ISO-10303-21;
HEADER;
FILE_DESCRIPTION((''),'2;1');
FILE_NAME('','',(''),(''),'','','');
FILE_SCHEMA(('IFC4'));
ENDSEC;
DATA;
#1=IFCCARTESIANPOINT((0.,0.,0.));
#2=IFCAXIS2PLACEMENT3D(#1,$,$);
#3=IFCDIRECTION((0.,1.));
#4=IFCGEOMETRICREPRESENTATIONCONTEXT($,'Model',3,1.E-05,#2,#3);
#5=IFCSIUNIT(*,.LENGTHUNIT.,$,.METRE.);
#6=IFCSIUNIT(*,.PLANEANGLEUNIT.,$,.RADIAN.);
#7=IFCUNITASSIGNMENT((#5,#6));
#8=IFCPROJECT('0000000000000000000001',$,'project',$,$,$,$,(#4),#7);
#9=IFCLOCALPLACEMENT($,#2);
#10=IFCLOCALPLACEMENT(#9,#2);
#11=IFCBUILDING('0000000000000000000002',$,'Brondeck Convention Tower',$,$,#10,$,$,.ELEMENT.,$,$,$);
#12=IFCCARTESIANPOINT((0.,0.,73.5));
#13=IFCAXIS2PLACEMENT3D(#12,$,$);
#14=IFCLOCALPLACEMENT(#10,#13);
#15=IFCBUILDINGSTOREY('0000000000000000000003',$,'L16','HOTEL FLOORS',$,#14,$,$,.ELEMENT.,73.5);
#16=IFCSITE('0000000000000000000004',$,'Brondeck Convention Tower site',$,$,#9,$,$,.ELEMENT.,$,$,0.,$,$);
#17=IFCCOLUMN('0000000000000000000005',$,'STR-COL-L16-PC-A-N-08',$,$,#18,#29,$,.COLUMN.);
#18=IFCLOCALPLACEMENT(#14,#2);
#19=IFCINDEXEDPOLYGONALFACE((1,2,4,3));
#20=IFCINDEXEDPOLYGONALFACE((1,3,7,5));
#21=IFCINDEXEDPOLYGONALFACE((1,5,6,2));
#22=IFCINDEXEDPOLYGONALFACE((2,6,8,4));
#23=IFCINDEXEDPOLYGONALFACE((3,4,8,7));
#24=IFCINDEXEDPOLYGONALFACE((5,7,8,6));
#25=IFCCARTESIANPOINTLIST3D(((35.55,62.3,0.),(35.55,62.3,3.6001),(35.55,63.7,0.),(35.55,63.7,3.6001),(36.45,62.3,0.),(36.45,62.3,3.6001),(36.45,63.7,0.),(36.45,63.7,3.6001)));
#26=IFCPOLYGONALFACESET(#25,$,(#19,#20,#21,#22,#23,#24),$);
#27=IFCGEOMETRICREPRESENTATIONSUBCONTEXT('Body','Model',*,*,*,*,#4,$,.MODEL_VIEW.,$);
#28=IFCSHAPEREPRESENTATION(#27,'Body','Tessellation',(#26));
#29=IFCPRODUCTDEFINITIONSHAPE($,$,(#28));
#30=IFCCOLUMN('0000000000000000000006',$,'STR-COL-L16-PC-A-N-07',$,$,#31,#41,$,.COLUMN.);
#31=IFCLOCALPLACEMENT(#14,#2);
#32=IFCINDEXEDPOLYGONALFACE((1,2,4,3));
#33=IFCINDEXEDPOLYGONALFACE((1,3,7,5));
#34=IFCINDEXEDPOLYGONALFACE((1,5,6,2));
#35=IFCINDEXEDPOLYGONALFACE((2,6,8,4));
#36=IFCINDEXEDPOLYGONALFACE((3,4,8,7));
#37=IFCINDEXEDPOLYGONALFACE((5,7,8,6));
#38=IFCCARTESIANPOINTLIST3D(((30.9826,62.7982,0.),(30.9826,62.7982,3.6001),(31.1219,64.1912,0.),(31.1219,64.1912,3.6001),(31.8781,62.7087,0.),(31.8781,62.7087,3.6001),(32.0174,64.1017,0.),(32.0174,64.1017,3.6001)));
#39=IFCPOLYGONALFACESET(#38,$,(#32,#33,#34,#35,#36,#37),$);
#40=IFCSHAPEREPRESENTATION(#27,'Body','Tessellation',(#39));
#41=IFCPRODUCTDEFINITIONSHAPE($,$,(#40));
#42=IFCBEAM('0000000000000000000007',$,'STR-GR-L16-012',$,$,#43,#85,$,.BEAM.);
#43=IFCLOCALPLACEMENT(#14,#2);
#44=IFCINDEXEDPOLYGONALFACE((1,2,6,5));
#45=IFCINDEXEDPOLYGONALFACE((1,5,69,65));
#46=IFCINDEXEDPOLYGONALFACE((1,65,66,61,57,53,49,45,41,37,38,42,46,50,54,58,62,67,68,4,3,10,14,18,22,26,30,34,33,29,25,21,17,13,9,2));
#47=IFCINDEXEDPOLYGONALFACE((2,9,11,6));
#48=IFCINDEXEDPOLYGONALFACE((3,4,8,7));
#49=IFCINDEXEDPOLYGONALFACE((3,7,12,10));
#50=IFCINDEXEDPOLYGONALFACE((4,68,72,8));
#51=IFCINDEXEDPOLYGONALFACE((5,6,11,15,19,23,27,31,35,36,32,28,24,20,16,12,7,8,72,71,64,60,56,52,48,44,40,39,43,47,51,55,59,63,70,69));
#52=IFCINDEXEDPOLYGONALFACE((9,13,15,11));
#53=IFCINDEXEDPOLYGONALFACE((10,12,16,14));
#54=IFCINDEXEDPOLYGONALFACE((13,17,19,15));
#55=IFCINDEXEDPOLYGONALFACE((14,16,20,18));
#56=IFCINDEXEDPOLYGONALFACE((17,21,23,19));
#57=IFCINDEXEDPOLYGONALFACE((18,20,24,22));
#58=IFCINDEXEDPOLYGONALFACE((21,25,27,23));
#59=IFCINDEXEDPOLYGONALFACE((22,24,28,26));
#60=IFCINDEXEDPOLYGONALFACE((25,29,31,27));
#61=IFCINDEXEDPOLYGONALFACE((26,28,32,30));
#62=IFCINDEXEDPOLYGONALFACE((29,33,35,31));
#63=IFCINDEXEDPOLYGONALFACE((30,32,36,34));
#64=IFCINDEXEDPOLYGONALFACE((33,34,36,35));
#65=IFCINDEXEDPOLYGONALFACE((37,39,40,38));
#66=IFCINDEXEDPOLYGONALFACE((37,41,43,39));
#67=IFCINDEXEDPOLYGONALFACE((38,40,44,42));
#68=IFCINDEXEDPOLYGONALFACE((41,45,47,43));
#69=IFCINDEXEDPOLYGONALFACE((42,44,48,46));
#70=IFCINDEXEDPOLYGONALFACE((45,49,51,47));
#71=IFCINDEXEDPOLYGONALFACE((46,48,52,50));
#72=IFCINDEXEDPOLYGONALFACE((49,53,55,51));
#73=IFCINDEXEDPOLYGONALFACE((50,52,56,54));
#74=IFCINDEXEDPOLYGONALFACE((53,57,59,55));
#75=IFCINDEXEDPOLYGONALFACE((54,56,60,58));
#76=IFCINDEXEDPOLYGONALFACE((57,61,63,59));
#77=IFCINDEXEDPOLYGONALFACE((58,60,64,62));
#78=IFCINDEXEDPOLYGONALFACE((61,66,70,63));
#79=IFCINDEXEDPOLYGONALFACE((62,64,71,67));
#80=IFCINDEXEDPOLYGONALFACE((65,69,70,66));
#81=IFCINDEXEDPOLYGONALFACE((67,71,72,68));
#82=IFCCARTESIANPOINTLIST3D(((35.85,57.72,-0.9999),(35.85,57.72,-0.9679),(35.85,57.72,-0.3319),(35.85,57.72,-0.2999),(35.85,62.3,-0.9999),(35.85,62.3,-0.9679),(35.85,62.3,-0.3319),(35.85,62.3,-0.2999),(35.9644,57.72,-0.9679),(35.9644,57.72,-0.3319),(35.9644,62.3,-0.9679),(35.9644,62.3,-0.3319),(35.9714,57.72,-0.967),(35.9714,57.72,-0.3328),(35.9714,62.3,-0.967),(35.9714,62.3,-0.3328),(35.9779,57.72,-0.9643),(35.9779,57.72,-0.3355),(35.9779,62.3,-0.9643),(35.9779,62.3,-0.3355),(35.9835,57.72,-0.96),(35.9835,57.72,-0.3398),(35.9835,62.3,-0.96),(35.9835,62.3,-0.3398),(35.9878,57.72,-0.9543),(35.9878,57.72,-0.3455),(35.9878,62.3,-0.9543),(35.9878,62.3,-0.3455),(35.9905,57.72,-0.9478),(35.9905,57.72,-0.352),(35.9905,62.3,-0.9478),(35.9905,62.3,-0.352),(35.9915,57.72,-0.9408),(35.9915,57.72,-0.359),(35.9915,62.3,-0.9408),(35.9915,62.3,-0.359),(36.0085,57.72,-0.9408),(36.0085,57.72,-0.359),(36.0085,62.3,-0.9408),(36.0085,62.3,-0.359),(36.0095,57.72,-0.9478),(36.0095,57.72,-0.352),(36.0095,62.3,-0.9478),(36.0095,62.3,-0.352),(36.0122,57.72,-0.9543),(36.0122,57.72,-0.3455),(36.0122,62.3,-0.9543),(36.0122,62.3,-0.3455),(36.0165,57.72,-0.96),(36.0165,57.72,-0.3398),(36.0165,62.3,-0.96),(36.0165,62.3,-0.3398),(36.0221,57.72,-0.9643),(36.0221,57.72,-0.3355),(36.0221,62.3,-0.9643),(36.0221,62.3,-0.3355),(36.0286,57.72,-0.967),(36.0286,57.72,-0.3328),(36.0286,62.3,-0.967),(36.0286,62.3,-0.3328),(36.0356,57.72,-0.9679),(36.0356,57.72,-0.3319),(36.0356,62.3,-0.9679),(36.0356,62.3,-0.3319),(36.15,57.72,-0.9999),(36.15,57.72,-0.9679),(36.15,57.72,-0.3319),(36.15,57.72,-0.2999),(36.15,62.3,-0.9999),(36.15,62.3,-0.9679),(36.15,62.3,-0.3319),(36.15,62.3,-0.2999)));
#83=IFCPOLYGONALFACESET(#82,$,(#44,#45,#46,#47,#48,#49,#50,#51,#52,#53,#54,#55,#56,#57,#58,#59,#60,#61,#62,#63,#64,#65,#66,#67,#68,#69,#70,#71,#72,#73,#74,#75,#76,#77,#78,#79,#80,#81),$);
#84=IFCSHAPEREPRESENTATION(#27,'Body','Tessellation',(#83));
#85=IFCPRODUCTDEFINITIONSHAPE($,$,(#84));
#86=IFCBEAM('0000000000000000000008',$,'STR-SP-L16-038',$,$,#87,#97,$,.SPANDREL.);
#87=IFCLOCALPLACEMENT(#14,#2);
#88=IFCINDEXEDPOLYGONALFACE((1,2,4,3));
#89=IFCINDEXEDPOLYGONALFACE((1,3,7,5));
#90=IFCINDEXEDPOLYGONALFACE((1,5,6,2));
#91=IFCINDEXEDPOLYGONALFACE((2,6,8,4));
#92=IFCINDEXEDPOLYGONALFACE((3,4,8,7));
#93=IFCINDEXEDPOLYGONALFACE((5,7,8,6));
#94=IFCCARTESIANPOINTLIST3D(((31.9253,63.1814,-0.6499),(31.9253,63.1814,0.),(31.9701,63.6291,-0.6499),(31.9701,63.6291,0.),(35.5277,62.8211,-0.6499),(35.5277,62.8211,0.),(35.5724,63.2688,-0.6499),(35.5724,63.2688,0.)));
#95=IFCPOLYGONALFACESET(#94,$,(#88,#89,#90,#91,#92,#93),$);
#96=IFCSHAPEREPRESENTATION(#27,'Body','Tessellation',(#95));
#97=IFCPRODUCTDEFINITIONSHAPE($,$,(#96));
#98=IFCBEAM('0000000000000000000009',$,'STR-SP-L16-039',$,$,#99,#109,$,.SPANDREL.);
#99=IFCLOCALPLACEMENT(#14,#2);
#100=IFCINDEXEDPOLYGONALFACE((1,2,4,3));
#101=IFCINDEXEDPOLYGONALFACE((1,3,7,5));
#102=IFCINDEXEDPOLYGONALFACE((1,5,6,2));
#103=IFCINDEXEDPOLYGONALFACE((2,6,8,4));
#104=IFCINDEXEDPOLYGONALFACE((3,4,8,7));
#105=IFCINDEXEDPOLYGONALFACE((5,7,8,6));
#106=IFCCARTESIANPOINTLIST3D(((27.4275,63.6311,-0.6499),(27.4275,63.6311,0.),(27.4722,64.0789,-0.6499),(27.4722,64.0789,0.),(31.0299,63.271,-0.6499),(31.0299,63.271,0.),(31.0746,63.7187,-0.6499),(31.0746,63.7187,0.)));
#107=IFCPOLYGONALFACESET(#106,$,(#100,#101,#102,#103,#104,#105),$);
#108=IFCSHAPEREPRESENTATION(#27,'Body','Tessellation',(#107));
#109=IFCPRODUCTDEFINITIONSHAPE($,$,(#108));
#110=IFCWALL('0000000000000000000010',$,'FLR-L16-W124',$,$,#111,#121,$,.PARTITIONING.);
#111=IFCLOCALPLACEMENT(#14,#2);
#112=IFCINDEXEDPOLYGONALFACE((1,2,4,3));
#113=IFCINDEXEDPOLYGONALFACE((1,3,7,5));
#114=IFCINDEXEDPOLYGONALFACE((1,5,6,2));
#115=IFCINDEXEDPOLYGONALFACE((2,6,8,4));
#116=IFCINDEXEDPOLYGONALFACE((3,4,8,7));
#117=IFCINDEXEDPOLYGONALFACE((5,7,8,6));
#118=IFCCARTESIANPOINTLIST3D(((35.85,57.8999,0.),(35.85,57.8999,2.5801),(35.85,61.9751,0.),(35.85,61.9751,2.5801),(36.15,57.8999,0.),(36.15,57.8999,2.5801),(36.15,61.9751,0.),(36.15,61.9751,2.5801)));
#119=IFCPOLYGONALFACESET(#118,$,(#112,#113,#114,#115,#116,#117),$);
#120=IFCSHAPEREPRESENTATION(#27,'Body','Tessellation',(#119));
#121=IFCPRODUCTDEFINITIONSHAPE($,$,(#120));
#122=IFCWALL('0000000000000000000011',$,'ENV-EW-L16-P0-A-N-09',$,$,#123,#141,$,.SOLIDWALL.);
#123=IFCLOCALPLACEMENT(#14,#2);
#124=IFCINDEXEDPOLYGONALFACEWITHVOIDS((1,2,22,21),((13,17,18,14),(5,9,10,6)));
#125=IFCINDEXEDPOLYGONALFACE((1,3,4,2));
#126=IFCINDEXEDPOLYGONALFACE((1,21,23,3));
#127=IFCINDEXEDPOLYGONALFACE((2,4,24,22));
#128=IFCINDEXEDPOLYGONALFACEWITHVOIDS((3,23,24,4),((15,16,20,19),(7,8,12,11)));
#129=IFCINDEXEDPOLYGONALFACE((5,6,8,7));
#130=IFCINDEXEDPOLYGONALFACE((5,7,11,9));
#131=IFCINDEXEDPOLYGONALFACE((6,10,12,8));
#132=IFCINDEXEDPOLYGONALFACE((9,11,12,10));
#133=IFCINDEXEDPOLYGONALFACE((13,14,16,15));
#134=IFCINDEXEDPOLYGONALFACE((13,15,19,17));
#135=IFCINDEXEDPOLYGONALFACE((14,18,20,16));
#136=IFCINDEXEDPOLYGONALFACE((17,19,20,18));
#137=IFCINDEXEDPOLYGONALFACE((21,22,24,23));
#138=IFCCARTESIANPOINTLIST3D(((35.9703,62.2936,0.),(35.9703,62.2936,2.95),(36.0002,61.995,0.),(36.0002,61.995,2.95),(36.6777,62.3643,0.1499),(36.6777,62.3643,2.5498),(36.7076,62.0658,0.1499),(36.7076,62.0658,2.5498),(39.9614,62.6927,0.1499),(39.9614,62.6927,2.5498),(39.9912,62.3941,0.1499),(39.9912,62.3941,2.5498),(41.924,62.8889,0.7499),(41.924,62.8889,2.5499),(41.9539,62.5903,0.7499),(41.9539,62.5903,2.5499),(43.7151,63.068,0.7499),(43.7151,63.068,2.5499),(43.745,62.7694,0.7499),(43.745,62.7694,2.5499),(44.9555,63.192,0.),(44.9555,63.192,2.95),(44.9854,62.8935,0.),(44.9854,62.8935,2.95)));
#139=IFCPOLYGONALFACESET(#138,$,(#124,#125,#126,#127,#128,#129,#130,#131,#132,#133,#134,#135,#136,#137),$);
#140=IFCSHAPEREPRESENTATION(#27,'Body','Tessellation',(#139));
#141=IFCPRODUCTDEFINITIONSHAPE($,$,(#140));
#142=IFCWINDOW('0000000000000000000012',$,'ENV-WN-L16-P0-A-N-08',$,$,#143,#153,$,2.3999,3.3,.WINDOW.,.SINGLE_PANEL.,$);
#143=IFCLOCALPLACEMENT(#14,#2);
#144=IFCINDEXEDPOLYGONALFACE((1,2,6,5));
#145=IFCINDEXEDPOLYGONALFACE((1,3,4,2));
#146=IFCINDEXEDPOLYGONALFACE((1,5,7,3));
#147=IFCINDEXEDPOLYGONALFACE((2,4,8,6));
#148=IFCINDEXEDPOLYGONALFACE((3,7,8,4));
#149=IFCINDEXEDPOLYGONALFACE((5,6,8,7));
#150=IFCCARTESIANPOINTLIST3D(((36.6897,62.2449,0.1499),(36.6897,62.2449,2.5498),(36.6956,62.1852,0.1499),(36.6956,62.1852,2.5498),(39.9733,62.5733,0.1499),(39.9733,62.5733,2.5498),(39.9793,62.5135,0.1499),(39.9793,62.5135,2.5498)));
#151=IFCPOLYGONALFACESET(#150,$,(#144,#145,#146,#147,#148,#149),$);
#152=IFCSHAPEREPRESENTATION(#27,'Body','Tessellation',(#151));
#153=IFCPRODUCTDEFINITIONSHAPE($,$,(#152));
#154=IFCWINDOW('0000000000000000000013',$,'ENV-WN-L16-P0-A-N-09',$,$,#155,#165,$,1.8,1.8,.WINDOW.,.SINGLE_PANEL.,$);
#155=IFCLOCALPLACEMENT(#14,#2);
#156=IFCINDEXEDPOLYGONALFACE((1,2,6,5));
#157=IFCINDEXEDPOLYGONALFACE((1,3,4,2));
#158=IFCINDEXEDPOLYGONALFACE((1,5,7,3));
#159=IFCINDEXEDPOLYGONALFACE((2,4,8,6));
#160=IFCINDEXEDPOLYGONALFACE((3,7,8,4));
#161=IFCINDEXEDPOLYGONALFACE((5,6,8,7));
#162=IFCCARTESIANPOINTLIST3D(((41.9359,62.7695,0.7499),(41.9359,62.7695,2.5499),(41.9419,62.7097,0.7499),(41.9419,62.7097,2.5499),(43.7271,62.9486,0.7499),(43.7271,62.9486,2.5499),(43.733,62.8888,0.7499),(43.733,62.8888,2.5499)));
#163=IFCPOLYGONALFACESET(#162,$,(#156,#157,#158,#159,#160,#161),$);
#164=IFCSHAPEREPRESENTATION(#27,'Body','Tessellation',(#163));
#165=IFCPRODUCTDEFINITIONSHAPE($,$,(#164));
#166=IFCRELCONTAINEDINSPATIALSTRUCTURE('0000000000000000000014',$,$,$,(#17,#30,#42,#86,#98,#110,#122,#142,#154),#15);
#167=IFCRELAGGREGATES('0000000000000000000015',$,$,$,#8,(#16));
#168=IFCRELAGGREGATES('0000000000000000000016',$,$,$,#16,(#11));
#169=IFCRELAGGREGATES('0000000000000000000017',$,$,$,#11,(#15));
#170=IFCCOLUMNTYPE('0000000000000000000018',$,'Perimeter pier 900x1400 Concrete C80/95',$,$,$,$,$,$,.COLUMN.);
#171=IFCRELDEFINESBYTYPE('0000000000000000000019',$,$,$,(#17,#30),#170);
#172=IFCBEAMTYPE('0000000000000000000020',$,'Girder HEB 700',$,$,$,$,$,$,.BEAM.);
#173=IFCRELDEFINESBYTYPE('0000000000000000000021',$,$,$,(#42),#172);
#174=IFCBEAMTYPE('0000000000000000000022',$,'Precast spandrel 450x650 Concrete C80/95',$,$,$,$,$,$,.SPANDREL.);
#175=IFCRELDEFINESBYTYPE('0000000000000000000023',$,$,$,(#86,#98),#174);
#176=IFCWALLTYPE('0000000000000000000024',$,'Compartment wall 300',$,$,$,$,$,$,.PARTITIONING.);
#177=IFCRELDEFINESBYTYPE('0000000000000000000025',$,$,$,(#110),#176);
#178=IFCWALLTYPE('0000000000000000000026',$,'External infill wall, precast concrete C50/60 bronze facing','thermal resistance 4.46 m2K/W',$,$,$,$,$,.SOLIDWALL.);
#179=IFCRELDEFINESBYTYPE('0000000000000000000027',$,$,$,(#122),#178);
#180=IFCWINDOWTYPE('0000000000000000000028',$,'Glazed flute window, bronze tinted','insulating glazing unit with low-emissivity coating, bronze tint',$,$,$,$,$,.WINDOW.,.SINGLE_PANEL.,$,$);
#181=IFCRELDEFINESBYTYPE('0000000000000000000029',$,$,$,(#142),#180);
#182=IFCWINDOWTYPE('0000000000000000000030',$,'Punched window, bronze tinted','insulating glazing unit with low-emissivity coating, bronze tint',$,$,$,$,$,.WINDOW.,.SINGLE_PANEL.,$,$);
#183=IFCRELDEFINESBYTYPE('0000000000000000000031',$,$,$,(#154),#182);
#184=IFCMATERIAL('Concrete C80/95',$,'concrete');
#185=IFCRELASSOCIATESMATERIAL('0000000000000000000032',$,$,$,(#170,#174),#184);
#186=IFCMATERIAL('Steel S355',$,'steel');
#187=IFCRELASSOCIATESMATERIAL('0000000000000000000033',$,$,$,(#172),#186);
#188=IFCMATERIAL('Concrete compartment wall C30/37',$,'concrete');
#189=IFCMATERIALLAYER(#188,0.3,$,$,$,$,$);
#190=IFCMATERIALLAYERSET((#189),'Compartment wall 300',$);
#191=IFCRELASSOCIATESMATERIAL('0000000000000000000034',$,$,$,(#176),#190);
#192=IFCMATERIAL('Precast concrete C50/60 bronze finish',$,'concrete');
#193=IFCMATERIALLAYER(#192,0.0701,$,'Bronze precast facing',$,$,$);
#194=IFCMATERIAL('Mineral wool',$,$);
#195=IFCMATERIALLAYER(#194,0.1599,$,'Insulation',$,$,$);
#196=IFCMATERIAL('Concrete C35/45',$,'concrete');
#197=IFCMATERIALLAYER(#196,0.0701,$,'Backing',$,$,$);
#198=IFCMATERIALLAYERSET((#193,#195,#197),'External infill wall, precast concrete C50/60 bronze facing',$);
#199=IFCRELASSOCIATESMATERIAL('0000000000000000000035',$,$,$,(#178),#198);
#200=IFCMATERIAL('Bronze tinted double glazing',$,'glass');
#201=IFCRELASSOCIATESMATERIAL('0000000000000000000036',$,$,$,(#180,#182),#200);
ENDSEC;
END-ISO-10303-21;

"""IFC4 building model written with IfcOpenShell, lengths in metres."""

from ifc_helpers import new_model, si_unit, direction, frame, frame_2d, origin, origin_2d, place, context, subcontext, project, spatial, rectangle, i_section, extrude, material, layer, layer_set, material_profile, profile_set, type_object, element, fill, save


model = new_model("IFC4")

# Units and contexts
model_context = context("Model", 3, precision=1e-05, world=origin(), true_north=direction((0.0, 1.0)))
body_context = subcontext(model_context, "Body", "Model", "MODEL_VIEW")
ifc_project = project(units=[si_unit("LENGTHUNIT", "METRE"), si_unit("PLANEANGLEUNIT", "RADIAN")], contexts=[model_context])

# Site, building, storey
site_placement = place(None, origin())
site = spatial("IfcSite", under=ifc_project, at=site_placement, Name="Brondeck Convention Tower site", CompositionType="ELEMENT", RefElevation=0.0)
building_placement = place(site_placement, origin())
building = spatial("IfcBuilding", under=site, at=building_placement, Name="Brondeck Convention Tower", CompositionType="ELEMENT")
storey_placement = place(building_placement, frame((0.0, 0.0, 73.5)))
storey = spatial("IfcBuildingStorey", under=building, at=storey_placement, Name="L16", Description="HOTEL FLOORS", CompositionType="ELEMENT", Elevation=73.5)

# Columns
ifc_material_1 = material(Name="Concrete C80/95", Category="concrete")
ifc_material_profile_1 = material_profile(ifc_material_1, rectangle(XDim=0.8999, YDim=1.3999, at=origin_2d()), Name="Perimeter pier 900x1400 Concrete C80/95")
ifc_profile_set_1 = profile_set([ifc_material_profile_1], Name="Concrete C80/95")
column_type = type_object("IfcColumnType", Name="Perimeter pier 900x1400 Concrete C80/95", PredefinedType="COLUMN", material=ifc_profile_set_1)
for number, where, z_axis, x_axis, name in (
    (1, (36.0, 63.0, 0.0), (0.0, 0.0, 1.0), (-1.0, 0.0, 0.0), "STR-COL-L16-PC-A-N-08"),
    (2, (31.5, 63.45, 0.0), (0.0, 0.0, 1.0), (-0.995037, 0.099504, 0.0), "STR-COL-L16-PC-A-N-07"),
):
    element("IfcColumn", number, at=place(storey_placement, frame(where, z_axis=z_axis, x_axis=x_axis)), inside=storey, type_object=column_type, Name=name, PredefinedType="COLUMN", context=body_context, shape_type="SweptSolid", body=[
        extrude(rectangle(XDim=0.8999, YDim=1.3999, at=origin_2d()), origin(), (0.0, 0.0, 1.0), 3.6001),
    ])

# Beams
ifc_material_2 = material(Name="Steel S355", Category="steel")
ifc_material_profile_2 = material_profile(ifc_material_2, i_section(OverallWidth=0.3, OverallDepth=0.7, WebThickness=0.0171, FlangeThickness=0.032, FilletRadius=0.0271, at=origin_2d()), Name="HEB 700")
ifc_profile_set_2 = profile_set([ifc_material_profile_2], Name="Steel S355")
beam_type_1 = type_object("IfcBeamType", Name="Girder HEB 700", PredefinedType="BEAM", material=ifc_profile_set_2)
beam_placement = place(storey_placement, frame((36.0, 57.72, -0.6499), z_axis=(0.0, 1.0, 0.0), x_axis=(-1.0, 0.0, 0.0)))
element("IfcBeam", 3, at=beam_placement, inside=storey, type_object=beam_type_1, Name="STR-GR-L16-012", PredefinedType="BEAM", context=body_context, shape_type="SweptSolid", body=[
    extrude(i_section(OverallWidth=0.3, OverallDepth=0.7, WebThickness=0.0171, FlangeThickness=0.032, FilletRadius=0.0271, at=origin_2d()), origin(), (0.0, 0.0, 1.0), 4.5801),
])
ifc_material_profile_3 = material_profile(ifc_material_1, rectangle(XDim=0.45, YDim=0.6499, at=origin_2d()), Name="Precast spandrel 450x650 Concrete C80/95")
ifc_profile_set_3 = profile_set([ifc_material_profile_3], Name="Concrete C80/95")
beam_type_2 = type_object("IfcBeamType", Name="Precast spandrel 450x650 Concrete C80/95", PredefinedType="SPANDREL", material=ifc_profile_set_3)
for number, where, z_axis, x_axis, name in (
    (4, (35.55, 63.0449, -0.325), (-0.995034, 0.099537, 0.0), (-0.099537, -0.995034, 0.0), "STR-SP-L16-038"),
    (5, (31.0522, 63.4949, -0.325), (-0.995041, 0.09947, 0.0), (-0.09947, -0.995041, 0.0), "STR-SP-L16-039"),
):
    element("IfcBeam", number, at=place(storey_placement, frame(where, z_axis=z_axis, x_axis=x_axis)), inside=storey, type_object=beam_type_2, Name=name, PredefinedType="SPANDREL", context=body_context, shape_type="SweptSolid", body=[
        extrude(rectangle(XDim=0.45, YDim=0.6499, at=origin_2d()), origin(), (0.0, 0.0, 1.0), 3.6204),
    ])

# Wall
ifc_material_3 = material(Name="Concrete compartment wall C30/37", Category="concrete")
ifc_layer_1 = layer(ifc_material_3, 0.3)
ifc_layer_set_1 = layer_set([ifc_layer_1], Name="Compartment wall 300")
wall_type_1 = type_object("IfcWallType", Name="Compartment wall 300", PredefinedType="PARTITIONING", material=ifc_layer_set_1)
wall_1_placement = place(storey_placement, frame((36.0, 61.9751, 0.0), z_axis=(0.0, 0.0, 1.0), x_axis=(0.0, -1.0, 0.0)))
element("IfcWall", 6, at=wall_1_placement, inside=storey, type_object=wall_type_1, Name="FLR-L16-W124", PredefinedType="PARTITIONING", context=body_context, shape_type="SweptSolid", body=[
    extrude(rectangle(XDim=4.0752, YDim=0.3, at=frame_2d((2.0376, 0.0))), origin(), (0.0, 0.0, 1.0), 2.5801),
])

# Wall, openings, windows
ifc_material_4 = material(Name="Precast concrete C50/60 bronze finish", Category="concrete")
ifc_layer_2 = layer(ifc_material_4, 0.0701, Name="Bronze precast facing")
ifc_material_5 = material(Name="Mineral wool")
ifc_layer_3 = layer(ifc_material_5, 0.1599, Name="Insulation")
ifc_material_6 = material(Name="Concrete C35/45", Category="concrete")
ifc_layer_4 = layer(ifc_material_6, 0.0701, Name="Backing")
ifc_layer_set_2 = layer_set([ifc_layer_2, ifc_layer_3, ifc_layer_4], Name="External infill wall, precast concrete C50/60 bronze facing")
wall_type_2 = type_object("IfcWallType", Name="External infill wall, precast concrete C50/60 bronze facing", Description="thermal resistance 4.46 m2K/W", PredefinedType="SOLIDWALL", material=ifc_layer_set_2)
wall_2_placement = place(storey_placement, frame((35.9851, 62.1443, 0.0), z_axis=(0.0, 0.0, 1.0), x_axis=(0.995038, 0.099496, 0.0)))
wall_2 = element("IfcWall", 7, at=wall_2_placement, inside=storey, type_object=wall_type_2, Name="ENV-EW-L16-P0-A-N-09", PredefinedType="SOLIDWALL", context=body_context, shape_type="SweptSolid", body=[
    extrude(rectangle(XDim=9.03, YDim=0.3, at=frame_2d((4.5151, 0.0))), origin(), (0.0, 0.0, 1.0), 2.95),
])
opening_1_placement = place(wall_2_placement, frame((0.7112, 0.0, 0.1499)))
opening_1 = element("IfcOpeningElement", 8, at=opening_1_placement, cuts=wall_2, PredefinedType="OPENING", context=body_context, shape_type="SweptSolid", body=[
    extrude(rectangle(XDim=3.3, YDim=2.3999, at=frame_2d((1.6499, 1.2))), frame((0.0, 0.1599, 0.0), z_axis=(0.0, -1.0, 0.0), x_axis=(1.0, 0.0, 0.0)), (0.0, 0.0, 1.0), 0.3201),
])
opening_2_placement = place(wall_2_placement, frame((5.9836, 0.0, 0.75)))
opening_2 = element("IfcOpeningElement", 9, at=opening_2_placement, cuts=wall_2, PredefinedType="OPENING", context=body_context, shape_type="SweptSolid", body=[
    extrude(rectangle(XDim=1.8, YDim=1.8, at=frame_2d((0.8999, 0.8999))), frame((0.0, 0.1599, 0.0), z_axis=(0.0, -1.0, 0.0), x_axis=(1.0, 0.0, 0.0)), (0.0, 0.0, 1.0), 0.3201),
])
ifc_material_7 = material(Name="Bronze tinted double glazing", Category="glass")
window_type_1 = type_object("IfcWindowType", Name="Glazed flute window, bronze tinted", Description="insulating glazing unit with low-emissivity coating, bronze tint", PartitioningType="SINGLE_PANEL", PredefinedType="WINDOW", material=ifc_material_7)
window_1_placement = place(opening_1_placement, origin())
window_1 = element("IfcWindow", 10, at=window_1_placement, inside=storey, type_object=window_type_1, Name="ENV-WN-L16-P0-A-N-08", OverallHeight=2.3999, OverallWidth=3.3, PartitioningType="SINGLE_PANEL", PredefinedType="WINDOW", context=body_context, shape_type="SweptSolid", body=[
    extrude(rectangle(XDim=3.3, YDim=2.3999, at=frame_2d((1.6499, 1.2))), frame((0.0, 0.03, 0.0), z_axis=(0.0, -1.0, 0.0), x_axis=(1.0, 0.0, 0.0)), (0.0, 0.0, 1.0), 0.0601),
])
fill(opening_1, window_1)
window_type_2 = type_object("IfcWindowType", Name="Punched window, bronze tinted", Description="insulating glazing unit with low-emissivity coating, bronze tint", PartitioningType="SINGLE_PANEL", PredefinedType="WINDOW", material=ifc_material_7)
window_2_placement = place(opening_2_placement, origin())
window_2 = element("IfcWindow", 11, at=window_2_placement, inside=storey, type_object=window_type_2, Name="ENV-WN-L16-P0-A-N-09", OverallHeight=1.8, OverallWidth=1.8, PartitioningType="SINGLE_PANEL", PredefinedType="WINDOW", context=body_context, shape_type="SweptSolid", body=[
    extrude(rectangle(XDim=1.8, YDim=1.8, at=frame_2d((0.8999, 0.8999))), frame((0.0, 0.03, 0.0), z_axis=(0.0, -1.0, 0.0), x_axis=(1.0, 0.0, 0.0)), (0.0, 0.0, 1.0), 0.0601),
])
fill(opening_2, window_2)

save(model, "model.ifc")
